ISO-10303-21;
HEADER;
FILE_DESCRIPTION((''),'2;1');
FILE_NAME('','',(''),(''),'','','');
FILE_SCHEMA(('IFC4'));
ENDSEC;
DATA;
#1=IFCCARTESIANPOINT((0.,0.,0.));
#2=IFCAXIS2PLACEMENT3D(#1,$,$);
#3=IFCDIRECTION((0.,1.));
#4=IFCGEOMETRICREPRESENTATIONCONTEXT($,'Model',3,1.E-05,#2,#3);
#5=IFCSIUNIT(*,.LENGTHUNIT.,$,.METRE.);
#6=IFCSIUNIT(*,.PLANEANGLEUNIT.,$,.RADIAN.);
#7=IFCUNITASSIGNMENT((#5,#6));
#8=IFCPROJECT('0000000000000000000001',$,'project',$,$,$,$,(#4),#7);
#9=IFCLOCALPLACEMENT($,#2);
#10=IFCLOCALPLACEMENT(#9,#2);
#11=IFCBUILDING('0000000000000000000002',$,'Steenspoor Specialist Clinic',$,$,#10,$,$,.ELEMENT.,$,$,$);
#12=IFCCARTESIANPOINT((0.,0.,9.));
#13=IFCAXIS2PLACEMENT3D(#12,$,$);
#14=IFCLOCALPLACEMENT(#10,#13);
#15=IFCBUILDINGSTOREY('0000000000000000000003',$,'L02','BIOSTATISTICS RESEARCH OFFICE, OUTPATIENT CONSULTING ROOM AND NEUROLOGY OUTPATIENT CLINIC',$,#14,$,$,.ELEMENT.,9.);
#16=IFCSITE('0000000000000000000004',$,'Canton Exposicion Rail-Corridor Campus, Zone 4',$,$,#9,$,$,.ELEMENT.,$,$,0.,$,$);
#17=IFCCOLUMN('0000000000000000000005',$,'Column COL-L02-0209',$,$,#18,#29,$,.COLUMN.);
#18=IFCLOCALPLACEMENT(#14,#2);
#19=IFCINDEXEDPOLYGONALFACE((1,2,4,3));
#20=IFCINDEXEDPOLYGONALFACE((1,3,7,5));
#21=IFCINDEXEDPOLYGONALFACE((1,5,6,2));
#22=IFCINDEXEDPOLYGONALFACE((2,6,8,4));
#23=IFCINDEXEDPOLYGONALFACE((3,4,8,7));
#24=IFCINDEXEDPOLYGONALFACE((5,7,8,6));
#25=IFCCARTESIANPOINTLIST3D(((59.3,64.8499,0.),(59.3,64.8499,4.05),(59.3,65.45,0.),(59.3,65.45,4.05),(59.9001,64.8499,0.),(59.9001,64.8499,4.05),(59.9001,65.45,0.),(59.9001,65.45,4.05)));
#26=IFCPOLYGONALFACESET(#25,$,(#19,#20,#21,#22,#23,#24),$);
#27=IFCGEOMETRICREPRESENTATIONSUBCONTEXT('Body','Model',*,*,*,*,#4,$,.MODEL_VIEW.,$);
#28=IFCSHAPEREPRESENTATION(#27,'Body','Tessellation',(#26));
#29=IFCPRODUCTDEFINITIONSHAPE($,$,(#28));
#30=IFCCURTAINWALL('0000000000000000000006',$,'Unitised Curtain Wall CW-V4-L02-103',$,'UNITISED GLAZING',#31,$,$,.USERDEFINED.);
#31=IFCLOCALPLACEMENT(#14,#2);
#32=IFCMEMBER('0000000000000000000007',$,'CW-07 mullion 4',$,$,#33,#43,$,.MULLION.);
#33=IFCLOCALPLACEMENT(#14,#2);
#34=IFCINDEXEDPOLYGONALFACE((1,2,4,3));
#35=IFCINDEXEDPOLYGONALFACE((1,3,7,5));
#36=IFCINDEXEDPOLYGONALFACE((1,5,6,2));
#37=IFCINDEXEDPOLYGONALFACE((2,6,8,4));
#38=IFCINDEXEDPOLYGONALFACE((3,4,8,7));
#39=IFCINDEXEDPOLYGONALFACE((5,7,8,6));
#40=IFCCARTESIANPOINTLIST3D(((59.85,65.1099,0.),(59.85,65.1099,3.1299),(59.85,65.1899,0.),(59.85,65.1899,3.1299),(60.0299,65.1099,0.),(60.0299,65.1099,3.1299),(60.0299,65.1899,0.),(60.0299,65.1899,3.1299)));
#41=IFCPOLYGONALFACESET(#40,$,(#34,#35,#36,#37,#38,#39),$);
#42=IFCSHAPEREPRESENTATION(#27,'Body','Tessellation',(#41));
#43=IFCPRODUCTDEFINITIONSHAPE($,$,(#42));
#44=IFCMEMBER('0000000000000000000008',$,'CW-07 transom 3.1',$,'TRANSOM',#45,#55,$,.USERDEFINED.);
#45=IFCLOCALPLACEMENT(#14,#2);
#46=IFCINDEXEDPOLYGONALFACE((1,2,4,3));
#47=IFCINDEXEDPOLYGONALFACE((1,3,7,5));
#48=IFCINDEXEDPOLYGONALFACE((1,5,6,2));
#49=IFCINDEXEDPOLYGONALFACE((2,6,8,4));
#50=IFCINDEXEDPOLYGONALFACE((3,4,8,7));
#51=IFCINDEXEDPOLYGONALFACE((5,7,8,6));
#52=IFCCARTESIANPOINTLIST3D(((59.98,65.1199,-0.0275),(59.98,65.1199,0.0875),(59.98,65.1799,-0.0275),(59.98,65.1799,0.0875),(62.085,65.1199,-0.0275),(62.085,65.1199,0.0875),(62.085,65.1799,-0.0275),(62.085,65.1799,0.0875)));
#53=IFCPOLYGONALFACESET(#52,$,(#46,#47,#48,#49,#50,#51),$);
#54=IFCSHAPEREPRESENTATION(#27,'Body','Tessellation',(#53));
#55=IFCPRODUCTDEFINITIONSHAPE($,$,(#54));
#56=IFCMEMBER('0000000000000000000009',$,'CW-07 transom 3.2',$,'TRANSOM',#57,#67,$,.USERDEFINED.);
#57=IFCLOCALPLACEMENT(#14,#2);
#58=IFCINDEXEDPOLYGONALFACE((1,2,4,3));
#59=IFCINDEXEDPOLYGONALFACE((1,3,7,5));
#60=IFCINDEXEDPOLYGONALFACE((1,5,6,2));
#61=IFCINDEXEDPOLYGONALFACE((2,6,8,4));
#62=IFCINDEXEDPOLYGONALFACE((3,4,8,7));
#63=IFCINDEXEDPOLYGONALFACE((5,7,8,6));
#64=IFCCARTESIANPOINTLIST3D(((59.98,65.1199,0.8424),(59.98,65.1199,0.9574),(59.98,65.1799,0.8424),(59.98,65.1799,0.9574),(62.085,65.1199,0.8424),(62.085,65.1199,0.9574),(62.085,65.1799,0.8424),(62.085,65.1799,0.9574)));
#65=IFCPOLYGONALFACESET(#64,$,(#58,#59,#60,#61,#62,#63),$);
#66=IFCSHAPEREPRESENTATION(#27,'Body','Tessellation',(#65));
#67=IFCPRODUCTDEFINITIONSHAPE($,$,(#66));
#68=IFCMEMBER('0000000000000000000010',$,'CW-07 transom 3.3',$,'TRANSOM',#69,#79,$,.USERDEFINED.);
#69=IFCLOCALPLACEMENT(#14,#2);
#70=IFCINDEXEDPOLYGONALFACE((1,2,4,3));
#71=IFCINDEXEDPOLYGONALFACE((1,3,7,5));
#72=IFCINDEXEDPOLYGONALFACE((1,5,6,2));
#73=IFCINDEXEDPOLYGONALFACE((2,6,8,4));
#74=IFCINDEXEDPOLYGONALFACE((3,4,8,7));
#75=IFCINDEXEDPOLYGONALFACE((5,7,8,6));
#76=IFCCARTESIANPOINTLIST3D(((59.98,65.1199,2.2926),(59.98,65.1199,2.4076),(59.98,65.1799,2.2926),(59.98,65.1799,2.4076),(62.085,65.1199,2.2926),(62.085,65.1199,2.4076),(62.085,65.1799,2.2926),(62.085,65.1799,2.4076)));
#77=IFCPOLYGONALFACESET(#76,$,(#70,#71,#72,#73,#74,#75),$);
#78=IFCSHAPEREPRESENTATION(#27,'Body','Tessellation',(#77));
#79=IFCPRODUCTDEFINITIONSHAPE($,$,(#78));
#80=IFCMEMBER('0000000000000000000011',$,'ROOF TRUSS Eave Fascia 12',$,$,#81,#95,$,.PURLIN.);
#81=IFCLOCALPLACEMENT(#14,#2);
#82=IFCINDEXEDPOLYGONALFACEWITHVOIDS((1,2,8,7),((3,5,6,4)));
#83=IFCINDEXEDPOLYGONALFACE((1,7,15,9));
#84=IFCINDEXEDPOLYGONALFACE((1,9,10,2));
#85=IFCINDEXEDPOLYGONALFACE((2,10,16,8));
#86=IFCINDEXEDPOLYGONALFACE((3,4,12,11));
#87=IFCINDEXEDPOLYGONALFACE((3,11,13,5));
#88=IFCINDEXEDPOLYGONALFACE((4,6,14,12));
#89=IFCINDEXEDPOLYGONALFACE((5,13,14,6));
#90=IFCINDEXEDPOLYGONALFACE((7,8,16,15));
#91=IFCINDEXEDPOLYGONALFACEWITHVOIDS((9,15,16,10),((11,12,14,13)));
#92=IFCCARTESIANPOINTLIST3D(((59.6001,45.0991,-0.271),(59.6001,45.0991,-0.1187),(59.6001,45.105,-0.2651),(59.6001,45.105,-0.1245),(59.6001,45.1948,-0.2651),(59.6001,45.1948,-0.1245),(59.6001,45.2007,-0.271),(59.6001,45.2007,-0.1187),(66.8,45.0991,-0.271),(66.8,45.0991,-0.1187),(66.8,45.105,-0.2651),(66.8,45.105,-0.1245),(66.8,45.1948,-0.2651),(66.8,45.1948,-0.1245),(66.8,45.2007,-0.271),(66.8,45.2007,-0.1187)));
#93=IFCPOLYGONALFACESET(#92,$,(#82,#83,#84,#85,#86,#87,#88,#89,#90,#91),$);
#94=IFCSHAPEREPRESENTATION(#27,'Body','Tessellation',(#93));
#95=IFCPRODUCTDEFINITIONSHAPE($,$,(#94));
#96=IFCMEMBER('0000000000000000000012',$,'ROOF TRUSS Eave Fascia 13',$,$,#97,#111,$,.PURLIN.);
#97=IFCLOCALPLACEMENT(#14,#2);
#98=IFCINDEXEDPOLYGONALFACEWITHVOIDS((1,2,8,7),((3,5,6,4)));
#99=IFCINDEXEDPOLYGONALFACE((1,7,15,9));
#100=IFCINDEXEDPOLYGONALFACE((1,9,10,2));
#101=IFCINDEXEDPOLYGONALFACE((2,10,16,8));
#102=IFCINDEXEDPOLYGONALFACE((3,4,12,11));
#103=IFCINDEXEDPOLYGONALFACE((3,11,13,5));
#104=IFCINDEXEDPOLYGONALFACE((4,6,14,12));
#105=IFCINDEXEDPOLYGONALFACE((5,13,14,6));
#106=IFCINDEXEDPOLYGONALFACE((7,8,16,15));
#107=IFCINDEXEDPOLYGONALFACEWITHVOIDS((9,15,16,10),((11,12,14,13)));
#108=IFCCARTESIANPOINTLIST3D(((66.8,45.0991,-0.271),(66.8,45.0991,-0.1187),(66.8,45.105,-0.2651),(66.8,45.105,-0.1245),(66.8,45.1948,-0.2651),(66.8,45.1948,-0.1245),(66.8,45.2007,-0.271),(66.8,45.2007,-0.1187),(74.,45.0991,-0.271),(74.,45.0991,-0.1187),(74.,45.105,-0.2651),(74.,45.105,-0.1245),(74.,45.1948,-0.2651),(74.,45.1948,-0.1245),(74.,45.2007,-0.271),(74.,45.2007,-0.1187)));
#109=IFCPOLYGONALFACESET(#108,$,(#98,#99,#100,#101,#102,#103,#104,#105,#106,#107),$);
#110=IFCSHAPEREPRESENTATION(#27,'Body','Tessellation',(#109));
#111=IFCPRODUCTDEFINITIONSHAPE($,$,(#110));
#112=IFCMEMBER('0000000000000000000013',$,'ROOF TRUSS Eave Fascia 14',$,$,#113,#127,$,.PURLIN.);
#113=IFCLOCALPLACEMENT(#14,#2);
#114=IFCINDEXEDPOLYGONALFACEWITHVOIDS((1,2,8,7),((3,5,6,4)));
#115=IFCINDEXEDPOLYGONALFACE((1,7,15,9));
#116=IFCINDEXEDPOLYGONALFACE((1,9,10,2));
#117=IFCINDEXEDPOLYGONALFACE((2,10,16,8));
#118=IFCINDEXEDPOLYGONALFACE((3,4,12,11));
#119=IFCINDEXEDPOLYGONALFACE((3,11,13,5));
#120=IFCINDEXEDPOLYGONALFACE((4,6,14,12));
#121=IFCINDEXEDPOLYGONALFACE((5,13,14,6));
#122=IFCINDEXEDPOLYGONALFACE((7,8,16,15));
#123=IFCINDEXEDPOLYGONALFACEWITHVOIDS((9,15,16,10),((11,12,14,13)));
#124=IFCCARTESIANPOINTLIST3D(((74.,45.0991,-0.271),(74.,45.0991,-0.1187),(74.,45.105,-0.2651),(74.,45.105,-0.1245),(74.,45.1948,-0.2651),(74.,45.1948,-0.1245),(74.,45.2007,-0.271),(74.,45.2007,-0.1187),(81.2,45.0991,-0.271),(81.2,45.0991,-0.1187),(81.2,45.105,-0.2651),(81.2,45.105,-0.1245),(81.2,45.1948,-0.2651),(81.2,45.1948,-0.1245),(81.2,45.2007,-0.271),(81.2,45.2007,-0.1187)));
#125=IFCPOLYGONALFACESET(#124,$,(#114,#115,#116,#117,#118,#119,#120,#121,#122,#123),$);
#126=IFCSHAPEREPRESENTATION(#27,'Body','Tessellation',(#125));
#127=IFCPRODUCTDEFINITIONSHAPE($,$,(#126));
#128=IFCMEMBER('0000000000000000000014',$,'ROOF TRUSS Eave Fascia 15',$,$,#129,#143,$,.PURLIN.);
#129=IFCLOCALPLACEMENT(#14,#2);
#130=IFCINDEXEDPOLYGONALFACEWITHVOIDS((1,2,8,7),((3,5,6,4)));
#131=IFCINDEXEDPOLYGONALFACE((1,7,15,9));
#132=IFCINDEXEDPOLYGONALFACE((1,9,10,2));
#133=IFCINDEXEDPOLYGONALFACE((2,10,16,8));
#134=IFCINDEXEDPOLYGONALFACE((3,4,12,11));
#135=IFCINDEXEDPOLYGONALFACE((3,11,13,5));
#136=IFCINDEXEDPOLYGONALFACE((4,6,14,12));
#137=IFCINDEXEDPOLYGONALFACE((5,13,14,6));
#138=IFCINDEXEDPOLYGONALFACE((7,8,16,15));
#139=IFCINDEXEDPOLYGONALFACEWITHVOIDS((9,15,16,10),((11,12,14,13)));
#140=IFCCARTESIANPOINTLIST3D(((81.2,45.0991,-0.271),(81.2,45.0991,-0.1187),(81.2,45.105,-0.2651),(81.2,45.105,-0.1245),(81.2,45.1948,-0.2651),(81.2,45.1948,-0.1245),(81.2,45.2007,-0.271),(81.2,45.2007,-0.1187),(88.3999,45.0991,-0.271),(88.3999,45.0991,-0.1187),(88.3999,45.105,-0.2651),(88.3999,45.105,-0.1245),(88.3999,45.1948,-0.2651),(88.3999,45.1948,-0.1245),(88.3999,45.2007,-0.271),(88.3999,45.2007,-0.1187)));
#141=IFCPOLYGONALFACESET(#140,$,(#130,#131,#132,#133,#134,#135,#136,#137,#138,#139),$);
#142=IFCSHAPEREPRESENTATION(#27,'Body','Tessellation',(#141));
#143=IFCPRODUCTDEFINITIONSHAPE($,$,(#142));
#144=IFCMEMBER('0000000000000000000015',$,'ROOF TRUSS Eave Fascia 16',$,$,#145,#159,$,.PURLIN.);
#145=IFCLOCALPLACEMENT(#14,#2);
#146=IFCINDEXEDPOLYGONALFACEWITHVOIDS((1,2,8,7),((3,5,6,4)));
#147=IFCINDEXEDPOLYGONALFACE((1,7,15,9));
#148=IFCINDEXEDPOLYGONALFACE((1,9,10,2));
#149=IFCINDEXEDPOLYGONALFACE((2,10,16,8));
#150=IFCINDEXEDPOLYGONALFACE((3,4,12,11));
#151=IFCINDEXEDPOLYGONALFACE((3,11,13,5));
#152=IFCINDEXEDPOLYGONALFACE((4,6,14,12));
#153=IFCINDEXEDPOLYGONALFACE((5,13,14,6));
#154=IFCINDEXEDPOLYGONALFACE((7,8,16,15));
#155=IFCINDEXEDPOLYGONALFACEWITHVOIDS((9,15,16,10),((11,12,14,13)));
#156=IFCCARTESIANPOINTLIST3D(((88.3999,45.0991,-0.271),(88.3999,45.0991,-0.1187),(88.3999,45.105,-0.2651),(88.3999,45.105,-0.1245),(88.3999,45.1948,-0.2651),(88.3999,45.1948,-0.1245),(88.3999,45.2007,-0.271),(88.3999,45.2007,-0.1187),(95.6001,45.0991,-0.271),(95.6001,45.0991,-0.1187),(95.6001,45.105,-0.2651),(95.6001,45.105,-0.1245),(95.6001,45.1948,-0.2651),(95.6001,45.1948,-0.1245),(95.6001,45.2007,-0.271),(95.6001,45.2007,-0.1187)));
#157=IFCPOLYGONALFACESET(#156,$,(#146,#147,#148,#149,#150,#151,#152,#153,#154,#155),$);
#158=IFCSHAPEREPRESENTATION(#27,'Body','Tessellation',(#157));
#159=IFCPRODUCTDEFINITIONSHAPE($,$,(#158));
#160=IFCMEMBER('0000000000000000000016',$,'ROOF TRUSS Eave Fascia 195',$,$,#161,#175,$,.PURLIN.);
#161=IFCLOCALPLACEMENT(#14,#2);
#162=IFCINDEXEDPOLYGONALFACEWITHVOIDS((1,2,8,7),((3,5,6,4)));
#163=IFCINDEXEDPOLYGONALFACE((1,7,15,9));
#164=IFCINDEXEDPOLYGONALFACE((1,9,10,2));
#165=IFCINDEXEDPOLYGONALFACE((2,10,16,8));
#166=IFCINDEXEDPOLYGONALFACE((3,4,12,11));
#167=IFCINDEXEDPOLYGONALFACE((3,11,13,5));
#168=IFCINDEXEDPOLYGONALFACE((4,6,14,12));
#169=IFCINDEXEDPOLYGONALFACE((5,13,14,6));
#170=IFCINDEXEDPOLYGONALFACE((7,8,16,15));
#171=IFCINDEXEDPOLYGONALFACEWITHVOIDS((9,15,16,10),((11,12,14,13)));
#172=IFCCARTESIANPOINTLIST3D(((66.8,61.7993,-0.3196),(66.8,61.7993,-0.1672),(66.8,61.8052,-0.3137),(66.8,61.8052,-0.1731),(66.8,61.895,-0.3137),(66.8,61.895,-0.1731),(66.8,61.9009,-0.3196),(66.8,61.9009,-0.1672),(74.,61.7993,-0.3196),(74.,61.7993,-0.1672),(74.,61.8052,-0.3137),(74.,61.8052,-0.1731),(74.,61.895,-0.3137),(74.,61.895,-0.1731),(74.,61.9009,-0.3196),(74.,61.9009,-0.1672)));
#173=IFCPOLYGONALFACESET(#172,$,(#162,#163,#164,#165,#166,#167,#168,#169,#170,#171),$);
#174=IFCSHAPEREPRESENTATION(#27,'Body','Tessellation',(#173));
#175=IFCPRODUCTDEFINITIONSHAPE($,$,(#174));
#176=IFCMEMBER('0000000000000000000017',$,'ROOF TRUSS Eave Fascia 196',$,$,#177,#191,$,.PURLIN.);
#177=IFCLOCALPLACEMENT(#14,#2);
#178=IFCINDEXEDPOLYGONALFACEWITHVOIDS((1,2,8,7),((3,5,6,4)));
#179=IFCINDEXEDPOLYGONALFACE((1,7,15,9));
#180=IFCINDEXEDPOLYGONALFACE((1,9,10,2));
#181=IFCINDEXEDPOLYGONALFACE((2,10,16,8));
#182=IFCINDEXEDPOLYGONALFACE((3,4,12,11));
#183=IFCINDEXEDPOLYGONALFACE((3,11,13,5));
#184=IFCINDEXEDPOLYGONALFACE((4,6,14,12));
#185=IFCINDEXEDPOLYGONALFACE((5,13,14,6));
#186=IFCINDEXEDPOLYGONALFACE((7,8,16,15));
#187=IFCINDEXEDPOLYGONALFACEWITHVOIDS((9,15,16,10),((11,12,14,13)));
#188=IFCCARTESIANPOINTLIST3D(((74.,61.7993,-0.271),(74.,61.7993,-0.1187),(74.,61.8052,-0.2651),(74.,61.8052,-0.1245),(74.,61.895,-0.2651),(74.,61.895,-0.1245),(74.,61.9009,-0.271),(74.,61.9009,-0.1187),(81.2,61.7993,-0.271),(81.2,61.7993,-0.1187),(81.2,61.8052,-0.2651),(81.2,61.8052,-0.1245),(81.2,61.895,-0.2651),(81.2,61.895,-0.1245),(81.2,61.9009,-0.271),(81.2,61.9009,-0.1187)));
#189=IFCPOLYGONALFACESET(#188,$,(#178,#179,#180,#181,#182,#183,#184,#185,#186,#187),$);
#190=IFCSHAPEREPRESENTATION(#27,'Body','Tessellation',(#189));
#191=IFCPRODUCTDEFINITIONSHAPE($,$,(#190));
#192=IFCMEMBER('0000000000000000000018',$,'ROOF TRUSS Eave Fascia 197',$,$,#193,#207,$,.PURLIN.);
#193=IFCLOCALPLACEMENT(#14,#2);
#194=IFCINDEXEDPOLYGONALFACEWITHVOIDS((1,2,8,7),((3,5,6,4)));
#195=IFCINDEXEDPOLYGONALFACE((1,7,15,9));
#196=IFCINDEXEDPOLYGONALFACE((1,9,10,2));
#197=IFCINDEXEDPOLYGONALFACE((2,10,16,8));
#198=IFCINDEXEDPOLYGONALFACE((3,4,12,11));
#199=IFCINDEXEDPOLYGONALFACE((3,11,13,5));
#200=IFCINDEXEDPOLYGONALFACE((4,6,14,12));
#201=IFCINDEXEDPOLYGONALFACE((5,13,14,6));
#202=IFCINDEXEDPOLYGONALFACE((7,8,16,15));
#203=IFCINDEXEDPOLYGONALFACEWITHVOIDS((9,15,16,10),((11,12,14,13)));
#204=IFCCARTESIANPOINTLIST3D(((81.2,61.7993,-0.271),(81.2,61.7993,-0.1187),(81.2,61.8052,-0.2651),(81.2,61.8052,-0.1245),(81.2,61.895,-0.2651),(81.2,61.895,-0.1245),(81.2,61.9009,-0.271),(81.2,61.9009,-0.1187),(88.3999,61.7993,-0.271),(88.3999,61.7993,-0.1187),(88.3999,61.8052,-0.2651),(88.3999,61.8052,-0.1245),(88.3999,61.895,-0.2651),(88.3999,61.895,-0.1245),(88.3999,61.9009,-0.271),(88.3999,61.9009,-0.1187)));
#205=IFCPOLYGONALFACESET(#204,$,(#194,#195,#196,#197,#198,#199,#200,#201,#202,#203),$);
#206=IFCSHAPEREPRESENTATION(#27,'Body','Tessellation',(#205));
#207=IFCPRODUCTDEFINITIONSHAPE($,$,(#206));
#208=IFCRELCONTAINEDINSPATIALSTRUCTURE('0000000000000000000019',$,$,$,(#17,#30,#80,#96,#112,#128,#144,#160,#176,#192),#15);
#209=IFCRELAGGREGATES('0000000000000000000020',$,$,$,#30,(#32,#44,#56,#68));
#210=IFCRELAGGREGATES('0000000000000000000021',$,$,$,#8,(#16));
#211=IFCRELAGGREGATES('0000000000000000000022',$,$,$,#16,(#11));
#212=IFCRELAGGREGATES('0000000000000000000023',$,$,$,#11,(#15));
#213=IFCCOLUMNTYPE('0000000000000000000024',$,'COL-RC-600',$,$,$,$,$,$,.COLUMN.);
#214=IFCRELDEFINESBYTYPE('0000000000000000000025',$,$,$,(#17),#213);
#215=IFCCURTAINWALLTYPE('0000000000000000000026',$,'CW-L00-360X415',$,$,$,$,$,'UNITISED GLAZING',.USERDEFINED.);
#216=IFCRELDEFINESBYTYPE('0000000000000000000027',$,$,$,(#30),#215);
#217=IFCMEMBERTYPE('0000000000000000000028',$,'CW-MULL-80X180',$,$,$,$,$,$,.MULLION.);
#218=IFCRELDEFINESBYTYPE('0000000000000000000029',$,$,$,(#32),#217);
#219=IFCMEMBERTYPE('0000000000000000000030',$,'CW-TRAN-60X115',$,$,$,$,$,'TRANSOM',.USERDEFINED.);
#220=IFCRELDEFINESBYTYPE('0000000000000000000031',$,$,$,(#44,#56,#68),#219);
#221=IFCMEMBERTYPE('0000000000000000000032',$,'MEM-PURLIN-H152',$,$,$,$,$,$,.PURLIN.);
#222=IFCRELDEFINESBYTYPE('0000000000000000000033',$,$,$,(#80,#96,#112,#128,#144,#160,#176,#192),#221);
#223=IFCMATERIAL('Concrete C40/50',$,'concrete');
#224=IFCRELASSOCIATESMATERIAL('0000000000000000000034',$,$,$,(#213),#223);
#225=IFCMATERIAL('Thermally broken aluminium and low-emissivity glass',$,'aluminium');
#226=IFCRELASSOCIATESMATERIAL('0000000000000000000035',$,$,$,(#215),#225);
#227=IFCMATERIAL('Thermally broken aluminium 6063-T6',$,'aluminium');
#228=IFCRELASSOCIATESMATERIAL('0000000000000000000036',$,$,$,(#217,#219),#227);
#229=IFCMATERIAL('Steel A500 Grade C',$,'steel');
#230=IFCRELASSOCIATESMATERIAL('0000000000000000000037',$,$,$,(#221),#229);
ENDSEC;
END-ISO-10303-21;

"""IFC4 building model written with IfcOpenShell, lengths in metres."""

from ifc_helpers import new_model, si_unit, direction, frame, origin, origin_2d, place, context, subcontext, project, spatial, rectangle, hollow_rectangle, extrude, material, material_profile, profile_set, type_object, element, aggregate, save


model = new_model("IFC4")

# Units and contexts
model_context = context("Model", 3, precision=1e-05, world=origin(), true_north=direction((0.0, 1.0)))
body_context = subcontext(model_context, "Body", "Model", "MODEL_VIEW")
ifc_project = project(units=[si_unit("LENGTHUNIT", "METRE"), si_unit("PLANEANGLEUNIT", "RADIAN")], contexts=[model_context])

# Site, building, storey
site_placement = place(None, origin())
site = spatial("IfcSite", under=ifc_project, at=site_placement, Name="Canton Exposicion Rail-Corridor Campus, Zone 4", CompositionType="ELEMENT", RefElevation=0.0)
building_placement = place(site_placement, origin())
building = spatial("IfcBuilding", under=site, at=building_placement, Name="Steenspoor Specialist Clinic", CompositionType="ELEMENT")
storey_placement = place(building_placement, frame((0.0, 0.0, 9.0)))
storey = spatial("IfcBuildingStorey", under=building, at=storey_placement, Name="L02", Description="BIOSTATISTICS RESEARCH OFFICE, OUTPATIENT CONSULTING ROOM AND NEUROLOGY OUTPATIENT CLINIC", CompositionType="ELEMENT", Elevation=9.0)

# Column
ifc_material_1 = material(Name="Concrete C40/50", Category="concrete")
ifc_material_profile_1 = material_profile(ifc_material_1, rectangle(XDim=0.6001, YDim=0.6001, at=origin_2d()), Name="RC-COL-600X600")
ifc_profile_set_1 = profile_set([ifc_material_profile_1], Name="Concrete C40/50")
column_type = type_object("IfcColumnType", Name="COL-RC-600", PredefinedType="COLUMN", material=ifc_profile_set_1)
column_placement = place(storey_placement, frame((59.6001, 65.1499, 0.0), z_axis=(0.0, 0.0, 1.0), x_axis=(1.0, 0.0, 0.0)))
element("IfcColumn", 1, at=column_placement, inside=storey, type_object=column_type, Name="Column COL-L02-0209", PredefinedType="COLUMN", context=body_context, shape_type="SweptSolid", body=[
    extrude(rectangle(XDim=0.6001, YDim=0.6001, at=origin_2d()), origin(), (0.0, 0.0, 1.0), 4.05),
])

# Curtain wall, members
ifc_material_2 = material(Name="Thermally broken aluminium and low-emissivity glass", Category="aluminium")
curtain_wall_type = type_object("IfcCurtainWallType", Name="CW-L00-360X415", ElementType="UNITISED GLAZING", PredefinedType="USERDEFINED", material=ifc_material_2)
curtain_wall_placement = place(storey_placement, origin())
curtain_wall = element("IfcCurtainWall", 2, at=curtain_wall_placement, inside=storey, type_object=curtain_wall_type, Name="Unitised Curtain Wall CW-V4-L02-103", ObjectType="UNITISED GLAZING", PredefinedType="USERDEFINED")
ifc_material_3 = material(Name="Thermally broken aluminium 6063-T6", Category="aluminium")
ifc_material_profile_2 = material_profile(ifc_material_3, rectangle(XDim=0.0801, YDim=0.1799, at=origin_2d()), Name="CWM-80X180")
ifc_profile_set_2 = profile_set([ifc_material_profile_2], Name="Thermally broken aluminium 6063-T6")
member_type_1 = type_object("IfcMemberType", Name="CW-MULL-80X180", PredefinedType="MULLION", material=ifc_profile_set_2)
member_1_placement = place(storey_placement, frame((59.9399, 65.1499, 0.0), z_axis=(0.0, 0.0, 1.0), x_axis=(0.0, -1.0, 0.0)))
member_1 = element("IfcMember", 3, at=member_1_placement, type_object=member_type_1, Name="CW-07 mullion 4", PredefinedType="MULLION", context=body_context, shape_type="SweptSolid", body=[
    extrude(rectangle(XDim=0.0801, YDim=0.1799, at=origin_2d()), origin(), (0.0, 0.0, 1.0), 3.1299),
])
ifc_material_profile_3 = material_profile(ifc_material_3, rectangle(XDim=0.0601, YDim=0.115, at=origin_2d()), Name="CWT-60X115")
ifc_profile_set_3 = profile_set([ifc_material_profile_3], Name="Thermally broken aluminium 6063-T6")
member_type_2 = type_object("IfcMemberType", Name="CW-TRAN-60X115", ElementType="TRANSOM", PredefinedType="USERDEFINED", material=ifc_profile_set_3)
member_2_placement = place(storey_placement, frame((62.085, 65.1499, 0.03), z_axis=(-1.0, 0.0, 0.0), x_axis=(0.0, -1.0, 0.0)))
member_2 = element("IfcMember", 4, at=member_2_placement, type_object=member_type_2, Name="CW-07 transom 3.1", ObjectType="TRANSOM", PredefinedType="USERDEFINED", context=body_context, shape_type="SweptSolid", body=[
    extrude(rectangle(XDim=0.0601, YDim=0.115, at=origin_2d()), origin(), (0.0, 0.0, 1.0), 2.105),
])
member_3_placement = place(storey_placement, frame((62.085, 65.1499, 0.8999), z_axis=(-1.0, 0.0, 0.0), x_axis=(0.0, -1.0, 0.0)))
member_3 = element("IfcMember", 5, at=member_3_placement, type_object=member_type_2, Name="CW-07 transom 3.2", ObjectType="TRANSOM", PredefinedType="USERDEFINED", context=body_context, shape_type="SweptSolid", body=[
    extrude(rectangle(XDim=0.0601, YDim=0.115, at=origin_2d()), origin(), (0.0, 0.0, 1.0), 2.105),
])
member_4_placement = place(storey_placement, frame((62.085, 65.1499, 2.3501), z_axis=(-1.0, 0.0, 0.0), x_axis=(0.0, -1.0, 0.0)))
member_4 = element("IfcMember", 6, at=member_4_placement, type_object=member_type_2, Name="CW-07 transom 3.3", ObjectType="TRANSOM", PredefinedType="USERDEFINED", context=body_context, shape_type="SweptSolid", body=[
    extrude(rectangle(XDim=0.0601, YDim=0.115, at=origin_2d()), origin(), (0.0, 0.0, 1.0), 2.105),
])

# Members
ifc_material_4 = material(Name="Steel A500 Grade C", Category="steel")
ifc_material_profile_4 = material_profile(ifc_material_4, hollow_rectangle(XDim=0.1016, YDim=0.1523, WallThickness=0.0059, at=origin_2d()), Name="HSS152X102X6.4")
ifc_profile_set_4 = profile_set([ifc_material_profile_4], Name="Steel A500 Grade C")
member_type_3 = type_object("IfcMemberType", Name="MEM-PURLIN-H152", PredefinedType="PURLIN", material=ifc_profile_set_4)
for number, where, z_axis, x_axis, name in (
    (7, (59.6001, 45.1499, -0.1948), (1.0, 0.0, 0.0), (0.0, 1.0, 0.0), "ROOF TRUSS Eave Fascia 12"),
    (8, (66.8, 45.1499, -0.1948), (1.0, 0.0, 0.0), (0.0, 1.0, 0.0), "ROOF TRUSS Eave Fascia 13"),
    (9, (74.0, 45.1499, -0.1948), (1.0, 0.0, 0.0), (0.0, 1.0, 0.0), "ROOF TRUSS Eave Fascia 14"),
    (10, (81.2, 45.1499, -0.1948), (1.0, 0.0, 0.0), (0.0, 1.0, 0.0), "ROOF TRUSS Eave Fascia 15"),
):
    element("IfcMember", number, at=place(storey_placement, frame(where, z_axis=z_axis, x_axis=x_axis)), inside=storey, type_object=member_type_3, Name=name, PredefinedType="PURLIN", context=body_context, shape_type="SweptSolid", body=[
        extrude(hollow_rectangle(XDim=0.1016, YDim=0.1523, WallThickness=0.0059, at=origin_2d()), origin(), (0.0, 0.0, 1.0), 7.2),
    ])
member_5_placement = place(storey_placement, frame((88.3999, 45.1499, -0.1948), z_axis=(1.0, 0.0, 0.0), x_axis=(0.0, 1.0, 0.0)))
element("IfcMember", 11, at=member_5_placement, inside=storey, type_object=member_type_3, Name="ROOF TRUSS Eave Fascia 16", PredefinedType="PURLIN", context=body_context, shape_type="SweptSolid", body=[
    extrude(hollow_rectangle(XDim=0.1016, YDim=0.1523, WallThickness=0.0059, at=origin_2d()), origin(), (0.0, 0.0, 1.0), 7.2002),
])
for number, where, z_axis, x_axis, name in (
    (12, (66.8, 61.8501, -0.2434), (1.0, 0.0, 0.0), (0.0, 1.0, 0.0), "ROOF TRUSS Eave Fascia 195"),
    (13, (74.0, 61.8501, -0.1948), (1.0, 0.0, 0.0), (0.0, 1.0, 0.0), "ROOF TRUSS Eave Fascia 196"),
    (14, (81.2, 61.8501, -0.1948), (1.0, 0.0, 0.0), (0.0, 1.0, 0.0), "ROOF TRUSS Eave Fascia 197"),
):
    element("IfcMember", number, at=place(storey_placement, frame(where, z_axis=z_axis, x_axis=x_axis)), inside=storey, type_object=member_type_3, Name=name, PredefinedType="PURLIN", context=body_context, shape_type="SweptSolid", body=[
        extrude(hollow_rectangle(XDim=0.1016, YDim=0.1523, WallThickness=0.0059, at=origin_2d()), origin(), (0.0, 0.0, 1.0), 7.2),
    ])

aggregate(curtain_wall, [member_1, member_2, member_3, member_4])

save(model, "model.ifc")
